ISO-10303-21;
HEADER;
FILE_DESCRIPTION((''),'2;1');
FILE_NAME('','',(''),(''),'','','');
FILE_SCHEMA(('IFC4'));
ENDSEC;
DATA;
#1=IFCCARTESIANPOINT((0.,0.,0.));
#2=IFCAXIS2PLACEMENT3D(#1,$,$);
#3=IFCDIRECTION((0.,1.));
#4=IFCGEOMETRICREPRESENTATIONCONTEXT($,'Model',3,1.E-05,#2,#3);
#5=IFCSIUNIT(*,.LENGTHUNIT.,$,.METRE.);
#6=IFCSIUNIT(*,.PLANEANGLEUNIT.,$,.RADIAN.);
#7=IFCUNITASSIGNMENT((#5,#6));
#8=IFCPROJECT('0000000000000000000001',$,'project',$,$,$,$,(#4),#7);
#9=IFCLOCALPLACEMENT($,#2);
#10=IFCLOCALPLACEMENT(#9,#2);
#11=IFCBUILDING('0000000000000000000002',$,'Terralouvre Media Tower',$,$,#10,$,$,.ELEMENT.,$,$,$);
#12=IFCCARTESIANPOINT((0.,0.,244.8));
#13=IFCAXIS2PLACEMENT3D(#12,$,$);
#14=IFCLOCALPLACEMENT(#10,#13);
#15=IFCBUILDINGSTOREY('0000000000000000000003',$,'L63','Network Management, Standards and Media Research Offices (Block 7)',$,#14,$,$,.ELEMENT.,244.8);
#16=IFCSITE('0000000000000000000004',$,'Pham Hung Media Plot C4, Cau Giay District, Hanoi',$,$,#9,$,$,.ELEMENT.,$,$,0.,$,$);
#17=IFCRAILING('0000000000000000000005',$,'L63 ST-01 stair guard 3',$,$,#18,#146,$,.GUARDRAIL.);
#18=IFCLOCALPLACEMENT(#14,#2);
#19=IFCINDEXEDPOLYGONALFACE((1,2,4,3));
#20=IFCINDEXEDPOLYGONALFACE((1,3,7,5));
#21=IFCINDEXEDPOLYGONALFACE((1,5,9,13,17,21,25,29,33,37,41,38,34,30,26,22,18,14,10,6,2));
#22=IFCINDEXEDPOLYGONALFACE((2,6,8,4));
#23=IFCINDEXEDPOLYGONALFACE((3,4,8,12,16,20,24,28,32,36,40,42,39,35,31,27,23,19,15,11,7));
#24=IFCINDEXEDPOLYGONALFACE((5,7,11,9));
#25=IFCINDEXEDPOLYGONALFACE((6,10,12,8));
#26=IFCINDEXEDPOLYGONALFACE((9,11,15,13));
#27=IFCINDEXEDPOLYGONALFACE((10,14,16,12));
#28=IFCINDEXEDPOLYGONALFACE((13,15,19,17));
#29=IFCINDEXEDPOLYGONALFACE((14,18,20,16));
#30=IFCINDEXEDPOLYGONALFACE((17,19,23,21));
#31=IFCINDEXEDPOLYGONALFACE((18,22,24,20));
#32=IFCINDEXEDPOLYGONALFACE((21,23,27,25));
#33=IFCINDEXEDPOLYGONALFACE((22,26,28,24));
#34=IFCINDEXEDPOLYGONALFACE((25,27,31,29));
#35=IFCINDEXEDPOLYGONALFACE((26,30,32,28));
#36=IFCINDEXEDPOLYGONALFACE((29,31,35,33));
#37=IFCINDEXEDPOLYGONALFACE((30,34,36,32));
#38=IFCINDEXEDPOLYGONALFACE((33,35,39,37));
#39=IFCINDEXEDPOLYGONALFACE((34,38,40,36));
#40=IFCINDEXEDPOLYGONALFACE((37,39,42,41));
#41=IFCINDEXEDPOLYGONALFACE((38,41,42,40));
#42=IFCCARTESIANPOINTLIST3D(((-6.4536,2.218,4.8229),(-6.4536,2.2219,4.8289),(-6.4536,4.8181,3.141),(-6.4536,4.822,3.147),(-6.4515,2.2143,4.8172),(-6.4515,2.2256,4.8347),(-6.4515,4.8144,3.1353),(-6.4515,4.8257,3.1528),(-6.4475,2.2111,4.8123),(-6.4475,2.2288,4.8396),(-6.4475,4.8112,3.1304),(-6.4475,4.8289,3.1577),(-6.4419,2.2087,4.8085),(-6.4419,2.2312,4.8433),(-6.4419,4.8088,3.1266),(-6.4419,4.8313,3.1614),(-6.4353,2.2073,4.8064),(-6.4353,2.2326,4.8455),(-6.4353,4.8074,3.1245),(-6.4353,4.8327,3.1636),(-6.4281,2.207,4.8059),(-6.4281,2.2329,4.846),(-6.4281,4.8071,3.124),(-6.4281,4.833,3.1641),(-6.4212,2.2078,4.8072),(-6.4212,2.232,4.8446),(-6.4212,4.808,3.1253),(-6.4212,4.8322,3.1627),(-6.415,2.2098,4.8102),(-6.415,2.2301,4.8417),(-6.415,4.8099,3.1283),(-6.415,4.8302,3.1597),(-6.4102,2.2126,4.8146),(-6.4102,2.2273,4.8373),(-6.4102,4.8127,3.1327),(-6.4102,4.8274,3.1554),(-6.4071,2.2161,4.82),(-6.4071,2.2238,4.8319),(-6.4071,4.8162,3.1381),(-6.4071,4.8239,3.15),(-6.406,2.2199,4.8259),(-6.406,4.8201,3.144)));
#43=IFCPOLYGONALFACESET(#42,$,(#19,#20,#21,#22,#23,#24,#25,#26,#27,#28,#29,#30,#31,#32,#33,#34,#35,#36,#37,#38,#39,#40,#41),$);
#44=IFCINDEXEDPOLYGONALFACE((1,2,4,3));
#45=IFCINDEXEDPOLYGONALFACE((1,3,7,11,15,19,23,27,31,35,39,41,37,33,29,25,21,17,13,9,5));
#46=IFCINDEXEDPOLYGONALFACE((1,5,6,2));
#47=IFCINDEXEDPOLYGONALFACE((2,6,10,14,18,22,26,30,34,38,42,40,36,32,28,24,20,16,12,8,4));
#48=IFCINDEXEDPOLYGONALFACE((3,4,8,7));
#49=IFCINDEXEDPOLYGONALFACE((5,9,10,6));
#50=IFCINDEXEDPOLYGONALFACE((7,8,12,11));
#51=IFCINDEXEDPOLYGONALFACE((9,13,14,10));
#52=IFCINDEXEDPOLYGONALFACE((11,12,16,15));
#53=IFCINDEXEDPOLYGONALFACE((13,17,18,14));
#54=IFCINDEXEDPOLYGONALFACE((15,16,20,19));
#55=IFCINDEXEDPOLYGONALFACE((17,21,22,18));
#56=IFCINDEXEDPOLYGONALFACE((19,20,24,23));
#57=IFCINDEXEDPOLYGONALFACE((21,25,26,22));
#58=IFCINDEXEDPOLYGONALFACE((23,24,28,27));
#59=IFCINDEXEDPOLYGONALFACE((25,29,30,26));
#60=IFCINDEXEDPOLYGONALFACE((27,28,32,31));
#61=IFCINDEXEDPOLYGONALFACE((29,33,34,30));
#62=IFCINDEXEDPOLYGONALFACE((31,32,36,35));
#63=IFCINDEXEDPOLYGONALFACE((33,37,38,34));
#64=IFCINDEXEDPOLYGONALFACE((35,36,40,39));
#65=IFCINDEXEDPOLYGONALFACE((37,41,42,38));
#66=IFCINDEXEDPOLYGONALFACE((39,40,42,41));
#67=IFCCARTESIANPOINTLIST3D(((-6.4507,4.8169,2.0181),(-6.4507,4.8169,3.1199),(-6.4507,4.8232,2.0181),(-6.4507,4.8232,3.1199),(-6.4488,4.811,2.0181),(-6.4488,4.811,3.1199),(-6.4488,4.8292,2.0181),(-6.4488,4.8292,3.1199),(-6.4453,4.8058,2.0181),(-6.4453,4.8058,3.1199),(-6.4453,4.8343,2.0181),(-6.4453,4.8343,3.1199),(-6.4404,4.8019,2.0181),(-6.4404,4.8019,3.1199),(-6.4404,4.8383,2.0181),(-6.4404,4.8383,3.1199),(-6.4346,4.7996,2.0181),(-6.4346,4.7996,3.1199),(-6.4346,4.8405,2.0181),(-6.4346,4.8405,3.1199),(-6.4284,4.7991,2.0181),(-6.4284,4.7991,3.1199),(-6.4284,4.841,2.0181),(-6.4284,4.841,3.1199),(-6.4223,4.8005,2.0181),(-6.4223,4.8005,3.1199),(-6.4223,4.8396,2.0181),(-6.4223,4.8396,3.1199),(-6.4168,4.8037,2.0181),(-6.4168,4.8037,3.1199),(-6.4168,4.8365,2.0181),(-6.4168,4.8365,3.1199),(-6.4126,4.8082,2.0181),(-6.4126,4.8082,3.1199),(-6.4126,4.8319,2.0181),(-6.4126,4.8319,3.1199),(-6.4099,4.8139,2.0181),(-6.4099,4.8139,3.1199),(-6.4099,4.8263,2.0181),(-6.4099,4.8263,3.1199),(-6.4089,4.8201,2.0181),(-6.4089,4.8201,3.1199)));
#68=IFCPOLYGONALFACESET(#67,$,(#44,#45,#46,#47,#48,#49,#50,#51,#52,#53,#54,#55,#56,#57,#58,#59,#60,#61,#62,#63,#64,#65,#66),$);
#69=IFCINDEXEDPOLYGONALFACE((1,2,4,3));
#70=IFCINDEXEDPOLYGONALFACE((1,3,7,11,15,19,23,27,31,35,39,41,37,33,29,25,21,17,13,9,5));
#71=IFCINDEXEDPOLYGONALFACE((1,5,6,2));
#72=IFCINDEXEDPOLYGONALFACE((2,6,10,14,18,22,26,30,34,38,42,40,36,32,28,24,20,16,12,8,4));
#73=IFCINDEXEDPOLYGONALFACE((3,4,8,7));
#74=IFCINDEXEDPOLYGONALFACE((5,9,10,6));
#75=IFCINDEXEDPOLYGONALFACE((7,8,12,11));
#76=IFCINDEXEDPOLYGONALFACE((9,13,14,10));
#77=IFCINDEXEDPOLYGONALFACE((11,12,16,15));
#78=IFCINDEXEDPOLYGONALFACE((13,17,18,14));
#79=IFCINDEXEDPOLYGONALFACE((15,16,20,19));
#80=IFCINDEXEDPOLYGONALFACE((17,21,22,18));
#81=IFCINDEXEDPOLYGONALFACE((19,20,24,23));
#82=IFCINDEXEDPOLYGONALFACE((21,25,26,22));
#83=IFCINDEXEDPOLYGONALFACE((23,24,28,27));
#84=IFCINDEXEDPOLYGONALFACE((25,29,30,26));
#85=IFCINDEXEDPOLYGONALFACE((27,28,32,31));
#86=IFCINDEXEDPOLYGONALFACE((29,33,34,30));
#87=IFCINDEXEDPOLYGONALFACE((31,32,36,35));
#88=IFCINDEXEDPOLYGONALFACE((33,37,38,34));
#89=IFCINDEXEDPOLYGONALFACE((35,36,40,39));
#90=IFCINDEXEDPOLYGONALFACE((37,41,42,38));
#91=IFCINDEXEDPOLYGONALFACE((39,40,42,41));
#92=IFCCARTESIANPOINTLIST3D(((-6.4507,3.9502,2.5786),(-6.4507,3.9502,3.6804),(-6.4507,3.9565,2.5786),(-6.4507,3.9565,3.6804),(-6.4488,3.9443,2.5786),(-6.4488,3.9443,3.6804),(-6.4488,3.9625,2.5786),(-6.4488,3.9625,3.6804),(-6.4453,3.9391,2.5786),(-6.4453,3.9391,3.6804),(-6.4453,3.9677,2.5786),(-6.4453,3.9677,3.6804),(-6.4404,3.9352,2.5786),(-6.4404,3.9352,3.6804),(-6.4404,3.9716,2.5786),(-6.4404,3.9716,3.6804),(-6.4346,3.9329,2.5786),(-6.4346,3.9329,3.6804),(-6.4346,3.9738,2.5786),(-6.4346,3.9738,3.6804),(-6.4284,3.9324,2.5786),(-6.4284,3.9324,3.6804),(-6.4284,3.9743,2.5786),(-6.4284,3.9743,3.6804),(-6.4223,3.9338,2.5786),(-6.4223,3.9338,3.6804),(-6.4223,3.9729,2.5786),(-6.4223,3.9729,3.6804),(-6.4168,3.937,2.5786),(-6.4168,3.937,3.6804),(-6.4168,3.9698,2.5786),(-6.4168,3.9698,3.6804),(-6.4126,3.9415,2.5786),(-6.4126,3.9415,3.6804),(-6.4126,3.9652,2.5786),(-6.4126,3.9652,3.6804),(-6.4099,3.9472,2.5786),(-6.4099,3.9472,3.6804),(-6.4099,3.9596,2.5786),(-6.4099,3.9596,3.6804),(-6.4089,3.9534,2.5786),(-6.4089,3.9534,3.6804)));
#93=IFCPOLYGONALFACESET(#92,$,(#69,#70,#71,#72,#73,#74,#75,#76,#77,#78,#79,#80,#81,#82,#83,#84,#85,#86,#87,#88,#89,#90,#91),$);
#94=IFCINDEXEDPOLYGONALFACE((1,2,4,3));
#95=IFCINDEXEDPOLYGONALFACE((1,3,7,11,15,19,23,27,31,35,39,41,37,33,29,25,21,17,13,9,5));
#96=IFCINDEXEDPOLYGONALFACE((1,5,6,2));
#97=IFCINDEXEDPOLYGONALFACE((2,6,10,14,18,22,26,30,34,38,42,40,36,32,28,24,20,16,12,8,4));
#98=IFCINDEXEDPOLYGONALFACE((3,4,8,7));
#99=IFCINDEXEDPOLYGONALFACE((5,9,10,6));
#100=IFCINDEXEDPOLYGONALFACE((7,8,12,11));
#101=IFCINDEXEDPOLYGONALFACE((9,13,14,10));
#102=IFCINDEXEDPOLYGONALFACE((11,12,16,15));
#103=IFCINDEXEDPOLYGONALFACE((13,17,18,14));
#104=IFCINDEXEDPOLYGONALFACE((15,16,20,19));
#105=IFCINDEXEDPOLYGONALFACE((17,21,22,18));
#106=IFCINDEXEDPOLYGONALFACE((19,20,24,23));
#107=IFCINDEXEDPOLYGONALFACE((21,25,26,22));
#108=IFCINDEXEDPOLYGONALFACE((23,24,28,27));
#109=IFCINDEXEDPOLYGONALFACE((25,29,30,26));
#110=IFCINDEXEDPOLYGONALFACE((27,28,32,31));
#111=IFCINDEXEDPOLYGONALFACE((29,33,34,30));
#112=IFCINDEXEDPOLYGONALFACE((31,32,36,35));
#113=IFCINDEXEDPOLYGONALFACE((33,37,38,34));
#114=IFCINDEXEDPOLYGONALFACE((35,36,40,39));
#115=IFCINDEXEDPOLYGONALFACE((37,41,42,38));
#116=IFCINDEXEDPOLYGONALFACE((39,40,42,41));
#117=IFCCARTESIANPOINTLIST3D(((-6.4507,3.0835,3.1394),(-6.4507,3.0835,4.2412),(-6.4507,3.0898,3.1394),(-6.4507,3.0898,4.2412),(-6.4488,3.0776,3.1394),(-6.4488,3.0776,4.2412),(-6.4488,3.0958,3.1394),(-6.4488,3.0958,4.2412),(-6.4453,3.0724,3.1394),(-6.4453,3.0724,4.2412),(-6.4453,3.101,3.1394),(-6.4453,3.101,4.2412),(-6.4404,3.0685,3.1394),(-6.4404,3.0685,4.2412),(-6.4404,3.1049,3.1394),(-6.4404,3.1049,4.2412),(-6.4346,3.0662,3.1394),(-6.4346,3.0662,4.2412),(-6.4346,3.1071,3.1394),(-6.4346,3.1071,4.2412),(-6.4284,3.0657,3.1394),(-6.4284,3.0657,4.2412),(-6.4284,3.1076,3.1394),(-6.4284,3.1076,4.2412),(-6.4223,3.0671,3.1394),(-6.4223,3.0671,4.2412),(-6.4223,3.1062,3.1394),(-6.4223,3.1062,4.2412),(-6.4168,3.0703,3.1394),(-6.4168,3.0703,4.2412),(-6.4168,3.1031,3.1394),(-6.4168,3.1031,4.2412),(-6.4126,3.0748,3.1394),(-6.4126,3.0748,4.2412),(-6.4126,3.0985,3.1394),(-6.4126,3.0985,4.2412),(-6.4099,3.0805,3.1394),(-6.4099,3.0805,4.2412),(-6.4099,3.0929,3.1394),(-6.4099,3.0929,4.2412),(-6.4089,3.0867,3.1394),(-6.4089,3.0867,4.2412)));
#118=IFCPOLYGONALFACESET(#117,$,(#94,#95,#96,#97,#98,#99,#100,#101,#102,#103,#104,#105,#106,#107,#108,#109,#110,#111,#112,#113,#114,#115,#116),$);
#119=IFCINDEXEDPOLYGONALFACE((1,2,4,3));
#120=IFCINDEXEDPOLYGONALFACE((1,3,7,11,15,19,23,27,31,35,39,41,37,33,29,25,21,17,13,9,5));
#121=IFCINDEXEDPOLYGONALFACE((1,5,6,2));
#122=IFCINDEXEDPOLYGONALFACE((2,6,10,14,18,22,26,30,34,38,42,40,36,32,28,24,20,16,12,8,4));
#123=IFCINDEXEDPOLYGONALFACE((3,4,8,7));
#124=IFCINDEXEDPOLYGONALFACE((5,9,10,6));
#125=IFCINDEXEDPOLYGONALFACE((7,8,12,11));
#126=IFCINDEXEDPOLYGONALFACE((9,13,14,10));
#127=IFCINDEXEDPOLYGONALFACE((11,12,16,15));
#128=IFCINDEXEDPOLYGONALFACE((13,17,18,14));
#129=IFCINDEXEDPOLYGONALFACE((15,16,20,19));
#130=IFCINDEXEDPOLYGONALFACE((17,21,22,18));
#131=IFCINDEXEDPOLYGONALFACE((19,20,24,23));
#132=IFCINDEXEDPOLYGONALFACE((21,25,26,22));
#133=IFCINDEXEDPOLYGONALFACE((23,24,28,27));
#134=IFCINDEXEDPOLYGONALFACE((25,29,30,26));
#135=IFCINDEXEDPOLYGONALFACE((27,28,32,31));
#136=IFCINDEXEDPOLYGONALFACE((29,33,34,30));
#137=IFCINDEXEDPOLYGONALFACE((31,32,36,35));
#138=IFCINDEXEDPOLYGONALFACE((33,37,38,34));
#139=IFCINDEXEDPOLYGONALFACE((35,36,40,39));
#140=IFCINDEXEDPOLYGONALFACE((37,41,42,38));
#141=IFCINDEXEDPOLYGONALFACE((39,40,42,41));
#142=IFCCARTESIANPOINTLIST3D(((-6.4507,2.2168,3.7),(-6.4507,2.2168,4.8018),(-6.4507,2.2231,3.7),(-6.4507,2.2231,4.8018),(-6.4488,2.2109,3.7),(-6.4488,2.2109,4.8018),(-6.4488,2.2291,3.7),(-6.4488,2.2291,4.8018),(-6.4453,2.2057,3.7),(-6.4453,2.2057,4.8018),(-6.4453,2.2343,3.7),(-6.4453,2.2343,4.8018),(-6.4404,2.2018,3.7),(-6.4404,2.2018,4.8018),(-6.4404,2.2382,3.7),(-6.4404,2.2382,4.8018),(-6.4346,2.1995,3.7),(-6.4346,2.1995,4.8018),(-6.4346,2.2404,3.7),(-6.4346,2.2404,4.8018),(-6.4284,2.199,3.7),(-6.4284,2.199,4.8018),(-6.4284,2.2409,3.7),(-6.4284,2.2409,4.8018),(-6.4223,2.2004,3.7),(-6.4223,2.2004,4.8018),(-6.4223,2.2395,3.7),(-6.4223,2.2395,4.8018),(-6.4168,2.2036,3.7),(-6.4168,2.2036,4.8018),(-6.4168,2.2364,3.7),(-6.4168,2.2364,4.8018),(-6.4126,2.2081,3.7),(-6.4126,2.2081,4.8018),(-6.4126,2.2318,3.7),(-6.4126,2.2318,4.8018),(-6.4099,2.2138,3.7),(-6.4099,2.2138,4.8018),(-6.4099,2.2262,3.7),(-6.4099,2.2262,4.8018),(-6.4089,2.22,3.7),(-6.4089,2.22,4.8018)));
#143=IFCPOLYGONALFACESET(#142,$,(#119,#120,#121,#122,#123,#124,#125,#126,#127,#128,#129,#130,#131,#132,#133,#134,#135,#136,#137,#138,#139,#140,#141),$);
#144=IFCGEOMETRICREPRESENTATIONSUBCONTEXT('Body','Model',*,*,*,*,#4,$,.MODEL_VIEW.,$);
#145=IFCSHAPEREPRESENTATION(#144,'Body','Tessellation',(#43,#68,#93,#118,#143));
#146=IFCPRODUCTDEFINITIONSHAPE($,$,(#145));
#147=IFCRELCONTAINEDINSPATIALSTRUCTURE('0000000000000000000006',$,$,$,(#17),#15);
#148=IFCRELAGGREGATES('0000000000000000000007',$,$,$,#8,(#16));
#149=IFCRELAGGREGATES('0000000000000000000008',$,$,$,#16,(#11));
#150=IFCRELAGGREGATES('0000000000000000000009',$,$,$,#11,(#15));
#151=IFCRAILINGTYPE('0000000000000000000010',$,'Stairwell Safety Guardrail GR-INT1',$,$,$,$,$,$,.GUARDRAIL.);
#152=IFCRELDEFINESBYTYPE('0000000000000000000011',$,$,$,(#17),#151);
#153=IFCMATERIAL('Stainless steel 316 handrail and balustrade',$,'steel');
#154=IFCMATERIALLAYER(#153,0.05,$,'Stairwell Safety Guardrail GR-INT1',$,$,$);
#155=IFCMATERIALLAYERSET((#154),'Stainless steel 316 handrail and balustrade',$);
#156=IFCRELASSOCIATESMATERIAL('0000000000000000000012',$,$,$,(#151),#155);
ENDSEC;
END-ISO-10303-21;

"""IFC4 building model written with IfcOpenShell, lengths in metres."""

from ifc_helpers import new_model, si_unit, direction, frame, origin, origin_2d, place, context, subcontext, project, spatial, circle, extrude, material, layer, layer_set, type_object, element, save


model = new_model("IFC4")

# Units and contexts
model_context = context("Model", 3, precision=1e-05, world=origin(), true_north=direction((0.0, 1.0)))
body_context = subcontext(model_context, "Body", "Model", "MODEL_VIEW")
ifc_project = project(units=[si_unit("LENGTHUNIT", "METRE"), si_unit("PLANEANGLEUNIT", "RADIAN")], contexts=[model_context])

# Site, building, storey
site_placement = place(None, origin())
site = spatial("IfcSite", under=ifc_project, at=site_placement, Name="Pham Hung Media Plot C4, Cau Giay District, Hanoi", CompositionType="ELEMENT", RefElevation=0.0)
building_placement = place(site_placement, origin())
building = spatial("IfcBuilding", under=site, at=building_placement, Name="Terralouvre Media Tower", CompositionType="ELEMENT")
storey_placement = place(building_placement, frame((0.0, 0.0, 244.8)))
storey = spatial("IfcBuildingStorey", under=building, at=storey_placement, Name="L63", Description="Network Management, Standards and Media Research Offices (Block 7)", CompositionType="ELEMENT", Elevation=244.8)

# Railing
ifc_material_1 = material(Name="Stainless steel 316 handrail and balustrade", Category="steel")
ifc_layer_1 = layer(ifc_material_1, 0.05, Name="Stairwell Safety Guardrail GR-INT1")
ifc_layer_set_1 = layer_set([ifc_layer_1], Name="Stainless steel 316 handrail and balustrade")
railing_type_1 = type_object("IfcRailingType", Name="Stairwell Safety Guardrail GR-INT1", PredefinedType="GUARDRAIL", material=ifc_layer_set_1)
railing_1_placement = place(storey_placement, frame((-6.4299, 4.8201, 2.0181)))
element("IfcRailing", 1, at=railing_1_placement, inside=storey, type_object=railing_type_1, Name="L63 ST-01 stair guard 3", PredefinedType="GUARDRAIL", context=body_context, shape_type="SweptSolid", body=[
    extrude(circle(Radius=0.0239, at=origin_2d()), frame((0.0, 0.0, 1.126), z_axis=(0.0, -0.839648, 0.54313), x_axis=(1.0, 0.0, 0.0)), (0.0, 0.0, 1.0), 3.0967),
    extrude(circle(Radius=0.021, at=origin_2d()), origin(), (0.0, 0.0, 1.0), 1.1018),
    extrude(circle(Radius=0.021, at=origin_2d()), frame((0.0, -0.8667, 0.5605)), (0.0, 0.0, 1.0), 1.1018),
    extrude(circle(Radius=0.021, at=origin_2d()), frame((0.0, -1.7334, 1.1213)), (0.0, 0.0, 1.0), 1.1018),
    extrude(circle(Radius=0.021, at=origin_2d()), frame((0.0, -2.6001, 1.6819)), (0.0, 0.0, 1.0), 1.1018),
])

save(model, "model.ifc")
